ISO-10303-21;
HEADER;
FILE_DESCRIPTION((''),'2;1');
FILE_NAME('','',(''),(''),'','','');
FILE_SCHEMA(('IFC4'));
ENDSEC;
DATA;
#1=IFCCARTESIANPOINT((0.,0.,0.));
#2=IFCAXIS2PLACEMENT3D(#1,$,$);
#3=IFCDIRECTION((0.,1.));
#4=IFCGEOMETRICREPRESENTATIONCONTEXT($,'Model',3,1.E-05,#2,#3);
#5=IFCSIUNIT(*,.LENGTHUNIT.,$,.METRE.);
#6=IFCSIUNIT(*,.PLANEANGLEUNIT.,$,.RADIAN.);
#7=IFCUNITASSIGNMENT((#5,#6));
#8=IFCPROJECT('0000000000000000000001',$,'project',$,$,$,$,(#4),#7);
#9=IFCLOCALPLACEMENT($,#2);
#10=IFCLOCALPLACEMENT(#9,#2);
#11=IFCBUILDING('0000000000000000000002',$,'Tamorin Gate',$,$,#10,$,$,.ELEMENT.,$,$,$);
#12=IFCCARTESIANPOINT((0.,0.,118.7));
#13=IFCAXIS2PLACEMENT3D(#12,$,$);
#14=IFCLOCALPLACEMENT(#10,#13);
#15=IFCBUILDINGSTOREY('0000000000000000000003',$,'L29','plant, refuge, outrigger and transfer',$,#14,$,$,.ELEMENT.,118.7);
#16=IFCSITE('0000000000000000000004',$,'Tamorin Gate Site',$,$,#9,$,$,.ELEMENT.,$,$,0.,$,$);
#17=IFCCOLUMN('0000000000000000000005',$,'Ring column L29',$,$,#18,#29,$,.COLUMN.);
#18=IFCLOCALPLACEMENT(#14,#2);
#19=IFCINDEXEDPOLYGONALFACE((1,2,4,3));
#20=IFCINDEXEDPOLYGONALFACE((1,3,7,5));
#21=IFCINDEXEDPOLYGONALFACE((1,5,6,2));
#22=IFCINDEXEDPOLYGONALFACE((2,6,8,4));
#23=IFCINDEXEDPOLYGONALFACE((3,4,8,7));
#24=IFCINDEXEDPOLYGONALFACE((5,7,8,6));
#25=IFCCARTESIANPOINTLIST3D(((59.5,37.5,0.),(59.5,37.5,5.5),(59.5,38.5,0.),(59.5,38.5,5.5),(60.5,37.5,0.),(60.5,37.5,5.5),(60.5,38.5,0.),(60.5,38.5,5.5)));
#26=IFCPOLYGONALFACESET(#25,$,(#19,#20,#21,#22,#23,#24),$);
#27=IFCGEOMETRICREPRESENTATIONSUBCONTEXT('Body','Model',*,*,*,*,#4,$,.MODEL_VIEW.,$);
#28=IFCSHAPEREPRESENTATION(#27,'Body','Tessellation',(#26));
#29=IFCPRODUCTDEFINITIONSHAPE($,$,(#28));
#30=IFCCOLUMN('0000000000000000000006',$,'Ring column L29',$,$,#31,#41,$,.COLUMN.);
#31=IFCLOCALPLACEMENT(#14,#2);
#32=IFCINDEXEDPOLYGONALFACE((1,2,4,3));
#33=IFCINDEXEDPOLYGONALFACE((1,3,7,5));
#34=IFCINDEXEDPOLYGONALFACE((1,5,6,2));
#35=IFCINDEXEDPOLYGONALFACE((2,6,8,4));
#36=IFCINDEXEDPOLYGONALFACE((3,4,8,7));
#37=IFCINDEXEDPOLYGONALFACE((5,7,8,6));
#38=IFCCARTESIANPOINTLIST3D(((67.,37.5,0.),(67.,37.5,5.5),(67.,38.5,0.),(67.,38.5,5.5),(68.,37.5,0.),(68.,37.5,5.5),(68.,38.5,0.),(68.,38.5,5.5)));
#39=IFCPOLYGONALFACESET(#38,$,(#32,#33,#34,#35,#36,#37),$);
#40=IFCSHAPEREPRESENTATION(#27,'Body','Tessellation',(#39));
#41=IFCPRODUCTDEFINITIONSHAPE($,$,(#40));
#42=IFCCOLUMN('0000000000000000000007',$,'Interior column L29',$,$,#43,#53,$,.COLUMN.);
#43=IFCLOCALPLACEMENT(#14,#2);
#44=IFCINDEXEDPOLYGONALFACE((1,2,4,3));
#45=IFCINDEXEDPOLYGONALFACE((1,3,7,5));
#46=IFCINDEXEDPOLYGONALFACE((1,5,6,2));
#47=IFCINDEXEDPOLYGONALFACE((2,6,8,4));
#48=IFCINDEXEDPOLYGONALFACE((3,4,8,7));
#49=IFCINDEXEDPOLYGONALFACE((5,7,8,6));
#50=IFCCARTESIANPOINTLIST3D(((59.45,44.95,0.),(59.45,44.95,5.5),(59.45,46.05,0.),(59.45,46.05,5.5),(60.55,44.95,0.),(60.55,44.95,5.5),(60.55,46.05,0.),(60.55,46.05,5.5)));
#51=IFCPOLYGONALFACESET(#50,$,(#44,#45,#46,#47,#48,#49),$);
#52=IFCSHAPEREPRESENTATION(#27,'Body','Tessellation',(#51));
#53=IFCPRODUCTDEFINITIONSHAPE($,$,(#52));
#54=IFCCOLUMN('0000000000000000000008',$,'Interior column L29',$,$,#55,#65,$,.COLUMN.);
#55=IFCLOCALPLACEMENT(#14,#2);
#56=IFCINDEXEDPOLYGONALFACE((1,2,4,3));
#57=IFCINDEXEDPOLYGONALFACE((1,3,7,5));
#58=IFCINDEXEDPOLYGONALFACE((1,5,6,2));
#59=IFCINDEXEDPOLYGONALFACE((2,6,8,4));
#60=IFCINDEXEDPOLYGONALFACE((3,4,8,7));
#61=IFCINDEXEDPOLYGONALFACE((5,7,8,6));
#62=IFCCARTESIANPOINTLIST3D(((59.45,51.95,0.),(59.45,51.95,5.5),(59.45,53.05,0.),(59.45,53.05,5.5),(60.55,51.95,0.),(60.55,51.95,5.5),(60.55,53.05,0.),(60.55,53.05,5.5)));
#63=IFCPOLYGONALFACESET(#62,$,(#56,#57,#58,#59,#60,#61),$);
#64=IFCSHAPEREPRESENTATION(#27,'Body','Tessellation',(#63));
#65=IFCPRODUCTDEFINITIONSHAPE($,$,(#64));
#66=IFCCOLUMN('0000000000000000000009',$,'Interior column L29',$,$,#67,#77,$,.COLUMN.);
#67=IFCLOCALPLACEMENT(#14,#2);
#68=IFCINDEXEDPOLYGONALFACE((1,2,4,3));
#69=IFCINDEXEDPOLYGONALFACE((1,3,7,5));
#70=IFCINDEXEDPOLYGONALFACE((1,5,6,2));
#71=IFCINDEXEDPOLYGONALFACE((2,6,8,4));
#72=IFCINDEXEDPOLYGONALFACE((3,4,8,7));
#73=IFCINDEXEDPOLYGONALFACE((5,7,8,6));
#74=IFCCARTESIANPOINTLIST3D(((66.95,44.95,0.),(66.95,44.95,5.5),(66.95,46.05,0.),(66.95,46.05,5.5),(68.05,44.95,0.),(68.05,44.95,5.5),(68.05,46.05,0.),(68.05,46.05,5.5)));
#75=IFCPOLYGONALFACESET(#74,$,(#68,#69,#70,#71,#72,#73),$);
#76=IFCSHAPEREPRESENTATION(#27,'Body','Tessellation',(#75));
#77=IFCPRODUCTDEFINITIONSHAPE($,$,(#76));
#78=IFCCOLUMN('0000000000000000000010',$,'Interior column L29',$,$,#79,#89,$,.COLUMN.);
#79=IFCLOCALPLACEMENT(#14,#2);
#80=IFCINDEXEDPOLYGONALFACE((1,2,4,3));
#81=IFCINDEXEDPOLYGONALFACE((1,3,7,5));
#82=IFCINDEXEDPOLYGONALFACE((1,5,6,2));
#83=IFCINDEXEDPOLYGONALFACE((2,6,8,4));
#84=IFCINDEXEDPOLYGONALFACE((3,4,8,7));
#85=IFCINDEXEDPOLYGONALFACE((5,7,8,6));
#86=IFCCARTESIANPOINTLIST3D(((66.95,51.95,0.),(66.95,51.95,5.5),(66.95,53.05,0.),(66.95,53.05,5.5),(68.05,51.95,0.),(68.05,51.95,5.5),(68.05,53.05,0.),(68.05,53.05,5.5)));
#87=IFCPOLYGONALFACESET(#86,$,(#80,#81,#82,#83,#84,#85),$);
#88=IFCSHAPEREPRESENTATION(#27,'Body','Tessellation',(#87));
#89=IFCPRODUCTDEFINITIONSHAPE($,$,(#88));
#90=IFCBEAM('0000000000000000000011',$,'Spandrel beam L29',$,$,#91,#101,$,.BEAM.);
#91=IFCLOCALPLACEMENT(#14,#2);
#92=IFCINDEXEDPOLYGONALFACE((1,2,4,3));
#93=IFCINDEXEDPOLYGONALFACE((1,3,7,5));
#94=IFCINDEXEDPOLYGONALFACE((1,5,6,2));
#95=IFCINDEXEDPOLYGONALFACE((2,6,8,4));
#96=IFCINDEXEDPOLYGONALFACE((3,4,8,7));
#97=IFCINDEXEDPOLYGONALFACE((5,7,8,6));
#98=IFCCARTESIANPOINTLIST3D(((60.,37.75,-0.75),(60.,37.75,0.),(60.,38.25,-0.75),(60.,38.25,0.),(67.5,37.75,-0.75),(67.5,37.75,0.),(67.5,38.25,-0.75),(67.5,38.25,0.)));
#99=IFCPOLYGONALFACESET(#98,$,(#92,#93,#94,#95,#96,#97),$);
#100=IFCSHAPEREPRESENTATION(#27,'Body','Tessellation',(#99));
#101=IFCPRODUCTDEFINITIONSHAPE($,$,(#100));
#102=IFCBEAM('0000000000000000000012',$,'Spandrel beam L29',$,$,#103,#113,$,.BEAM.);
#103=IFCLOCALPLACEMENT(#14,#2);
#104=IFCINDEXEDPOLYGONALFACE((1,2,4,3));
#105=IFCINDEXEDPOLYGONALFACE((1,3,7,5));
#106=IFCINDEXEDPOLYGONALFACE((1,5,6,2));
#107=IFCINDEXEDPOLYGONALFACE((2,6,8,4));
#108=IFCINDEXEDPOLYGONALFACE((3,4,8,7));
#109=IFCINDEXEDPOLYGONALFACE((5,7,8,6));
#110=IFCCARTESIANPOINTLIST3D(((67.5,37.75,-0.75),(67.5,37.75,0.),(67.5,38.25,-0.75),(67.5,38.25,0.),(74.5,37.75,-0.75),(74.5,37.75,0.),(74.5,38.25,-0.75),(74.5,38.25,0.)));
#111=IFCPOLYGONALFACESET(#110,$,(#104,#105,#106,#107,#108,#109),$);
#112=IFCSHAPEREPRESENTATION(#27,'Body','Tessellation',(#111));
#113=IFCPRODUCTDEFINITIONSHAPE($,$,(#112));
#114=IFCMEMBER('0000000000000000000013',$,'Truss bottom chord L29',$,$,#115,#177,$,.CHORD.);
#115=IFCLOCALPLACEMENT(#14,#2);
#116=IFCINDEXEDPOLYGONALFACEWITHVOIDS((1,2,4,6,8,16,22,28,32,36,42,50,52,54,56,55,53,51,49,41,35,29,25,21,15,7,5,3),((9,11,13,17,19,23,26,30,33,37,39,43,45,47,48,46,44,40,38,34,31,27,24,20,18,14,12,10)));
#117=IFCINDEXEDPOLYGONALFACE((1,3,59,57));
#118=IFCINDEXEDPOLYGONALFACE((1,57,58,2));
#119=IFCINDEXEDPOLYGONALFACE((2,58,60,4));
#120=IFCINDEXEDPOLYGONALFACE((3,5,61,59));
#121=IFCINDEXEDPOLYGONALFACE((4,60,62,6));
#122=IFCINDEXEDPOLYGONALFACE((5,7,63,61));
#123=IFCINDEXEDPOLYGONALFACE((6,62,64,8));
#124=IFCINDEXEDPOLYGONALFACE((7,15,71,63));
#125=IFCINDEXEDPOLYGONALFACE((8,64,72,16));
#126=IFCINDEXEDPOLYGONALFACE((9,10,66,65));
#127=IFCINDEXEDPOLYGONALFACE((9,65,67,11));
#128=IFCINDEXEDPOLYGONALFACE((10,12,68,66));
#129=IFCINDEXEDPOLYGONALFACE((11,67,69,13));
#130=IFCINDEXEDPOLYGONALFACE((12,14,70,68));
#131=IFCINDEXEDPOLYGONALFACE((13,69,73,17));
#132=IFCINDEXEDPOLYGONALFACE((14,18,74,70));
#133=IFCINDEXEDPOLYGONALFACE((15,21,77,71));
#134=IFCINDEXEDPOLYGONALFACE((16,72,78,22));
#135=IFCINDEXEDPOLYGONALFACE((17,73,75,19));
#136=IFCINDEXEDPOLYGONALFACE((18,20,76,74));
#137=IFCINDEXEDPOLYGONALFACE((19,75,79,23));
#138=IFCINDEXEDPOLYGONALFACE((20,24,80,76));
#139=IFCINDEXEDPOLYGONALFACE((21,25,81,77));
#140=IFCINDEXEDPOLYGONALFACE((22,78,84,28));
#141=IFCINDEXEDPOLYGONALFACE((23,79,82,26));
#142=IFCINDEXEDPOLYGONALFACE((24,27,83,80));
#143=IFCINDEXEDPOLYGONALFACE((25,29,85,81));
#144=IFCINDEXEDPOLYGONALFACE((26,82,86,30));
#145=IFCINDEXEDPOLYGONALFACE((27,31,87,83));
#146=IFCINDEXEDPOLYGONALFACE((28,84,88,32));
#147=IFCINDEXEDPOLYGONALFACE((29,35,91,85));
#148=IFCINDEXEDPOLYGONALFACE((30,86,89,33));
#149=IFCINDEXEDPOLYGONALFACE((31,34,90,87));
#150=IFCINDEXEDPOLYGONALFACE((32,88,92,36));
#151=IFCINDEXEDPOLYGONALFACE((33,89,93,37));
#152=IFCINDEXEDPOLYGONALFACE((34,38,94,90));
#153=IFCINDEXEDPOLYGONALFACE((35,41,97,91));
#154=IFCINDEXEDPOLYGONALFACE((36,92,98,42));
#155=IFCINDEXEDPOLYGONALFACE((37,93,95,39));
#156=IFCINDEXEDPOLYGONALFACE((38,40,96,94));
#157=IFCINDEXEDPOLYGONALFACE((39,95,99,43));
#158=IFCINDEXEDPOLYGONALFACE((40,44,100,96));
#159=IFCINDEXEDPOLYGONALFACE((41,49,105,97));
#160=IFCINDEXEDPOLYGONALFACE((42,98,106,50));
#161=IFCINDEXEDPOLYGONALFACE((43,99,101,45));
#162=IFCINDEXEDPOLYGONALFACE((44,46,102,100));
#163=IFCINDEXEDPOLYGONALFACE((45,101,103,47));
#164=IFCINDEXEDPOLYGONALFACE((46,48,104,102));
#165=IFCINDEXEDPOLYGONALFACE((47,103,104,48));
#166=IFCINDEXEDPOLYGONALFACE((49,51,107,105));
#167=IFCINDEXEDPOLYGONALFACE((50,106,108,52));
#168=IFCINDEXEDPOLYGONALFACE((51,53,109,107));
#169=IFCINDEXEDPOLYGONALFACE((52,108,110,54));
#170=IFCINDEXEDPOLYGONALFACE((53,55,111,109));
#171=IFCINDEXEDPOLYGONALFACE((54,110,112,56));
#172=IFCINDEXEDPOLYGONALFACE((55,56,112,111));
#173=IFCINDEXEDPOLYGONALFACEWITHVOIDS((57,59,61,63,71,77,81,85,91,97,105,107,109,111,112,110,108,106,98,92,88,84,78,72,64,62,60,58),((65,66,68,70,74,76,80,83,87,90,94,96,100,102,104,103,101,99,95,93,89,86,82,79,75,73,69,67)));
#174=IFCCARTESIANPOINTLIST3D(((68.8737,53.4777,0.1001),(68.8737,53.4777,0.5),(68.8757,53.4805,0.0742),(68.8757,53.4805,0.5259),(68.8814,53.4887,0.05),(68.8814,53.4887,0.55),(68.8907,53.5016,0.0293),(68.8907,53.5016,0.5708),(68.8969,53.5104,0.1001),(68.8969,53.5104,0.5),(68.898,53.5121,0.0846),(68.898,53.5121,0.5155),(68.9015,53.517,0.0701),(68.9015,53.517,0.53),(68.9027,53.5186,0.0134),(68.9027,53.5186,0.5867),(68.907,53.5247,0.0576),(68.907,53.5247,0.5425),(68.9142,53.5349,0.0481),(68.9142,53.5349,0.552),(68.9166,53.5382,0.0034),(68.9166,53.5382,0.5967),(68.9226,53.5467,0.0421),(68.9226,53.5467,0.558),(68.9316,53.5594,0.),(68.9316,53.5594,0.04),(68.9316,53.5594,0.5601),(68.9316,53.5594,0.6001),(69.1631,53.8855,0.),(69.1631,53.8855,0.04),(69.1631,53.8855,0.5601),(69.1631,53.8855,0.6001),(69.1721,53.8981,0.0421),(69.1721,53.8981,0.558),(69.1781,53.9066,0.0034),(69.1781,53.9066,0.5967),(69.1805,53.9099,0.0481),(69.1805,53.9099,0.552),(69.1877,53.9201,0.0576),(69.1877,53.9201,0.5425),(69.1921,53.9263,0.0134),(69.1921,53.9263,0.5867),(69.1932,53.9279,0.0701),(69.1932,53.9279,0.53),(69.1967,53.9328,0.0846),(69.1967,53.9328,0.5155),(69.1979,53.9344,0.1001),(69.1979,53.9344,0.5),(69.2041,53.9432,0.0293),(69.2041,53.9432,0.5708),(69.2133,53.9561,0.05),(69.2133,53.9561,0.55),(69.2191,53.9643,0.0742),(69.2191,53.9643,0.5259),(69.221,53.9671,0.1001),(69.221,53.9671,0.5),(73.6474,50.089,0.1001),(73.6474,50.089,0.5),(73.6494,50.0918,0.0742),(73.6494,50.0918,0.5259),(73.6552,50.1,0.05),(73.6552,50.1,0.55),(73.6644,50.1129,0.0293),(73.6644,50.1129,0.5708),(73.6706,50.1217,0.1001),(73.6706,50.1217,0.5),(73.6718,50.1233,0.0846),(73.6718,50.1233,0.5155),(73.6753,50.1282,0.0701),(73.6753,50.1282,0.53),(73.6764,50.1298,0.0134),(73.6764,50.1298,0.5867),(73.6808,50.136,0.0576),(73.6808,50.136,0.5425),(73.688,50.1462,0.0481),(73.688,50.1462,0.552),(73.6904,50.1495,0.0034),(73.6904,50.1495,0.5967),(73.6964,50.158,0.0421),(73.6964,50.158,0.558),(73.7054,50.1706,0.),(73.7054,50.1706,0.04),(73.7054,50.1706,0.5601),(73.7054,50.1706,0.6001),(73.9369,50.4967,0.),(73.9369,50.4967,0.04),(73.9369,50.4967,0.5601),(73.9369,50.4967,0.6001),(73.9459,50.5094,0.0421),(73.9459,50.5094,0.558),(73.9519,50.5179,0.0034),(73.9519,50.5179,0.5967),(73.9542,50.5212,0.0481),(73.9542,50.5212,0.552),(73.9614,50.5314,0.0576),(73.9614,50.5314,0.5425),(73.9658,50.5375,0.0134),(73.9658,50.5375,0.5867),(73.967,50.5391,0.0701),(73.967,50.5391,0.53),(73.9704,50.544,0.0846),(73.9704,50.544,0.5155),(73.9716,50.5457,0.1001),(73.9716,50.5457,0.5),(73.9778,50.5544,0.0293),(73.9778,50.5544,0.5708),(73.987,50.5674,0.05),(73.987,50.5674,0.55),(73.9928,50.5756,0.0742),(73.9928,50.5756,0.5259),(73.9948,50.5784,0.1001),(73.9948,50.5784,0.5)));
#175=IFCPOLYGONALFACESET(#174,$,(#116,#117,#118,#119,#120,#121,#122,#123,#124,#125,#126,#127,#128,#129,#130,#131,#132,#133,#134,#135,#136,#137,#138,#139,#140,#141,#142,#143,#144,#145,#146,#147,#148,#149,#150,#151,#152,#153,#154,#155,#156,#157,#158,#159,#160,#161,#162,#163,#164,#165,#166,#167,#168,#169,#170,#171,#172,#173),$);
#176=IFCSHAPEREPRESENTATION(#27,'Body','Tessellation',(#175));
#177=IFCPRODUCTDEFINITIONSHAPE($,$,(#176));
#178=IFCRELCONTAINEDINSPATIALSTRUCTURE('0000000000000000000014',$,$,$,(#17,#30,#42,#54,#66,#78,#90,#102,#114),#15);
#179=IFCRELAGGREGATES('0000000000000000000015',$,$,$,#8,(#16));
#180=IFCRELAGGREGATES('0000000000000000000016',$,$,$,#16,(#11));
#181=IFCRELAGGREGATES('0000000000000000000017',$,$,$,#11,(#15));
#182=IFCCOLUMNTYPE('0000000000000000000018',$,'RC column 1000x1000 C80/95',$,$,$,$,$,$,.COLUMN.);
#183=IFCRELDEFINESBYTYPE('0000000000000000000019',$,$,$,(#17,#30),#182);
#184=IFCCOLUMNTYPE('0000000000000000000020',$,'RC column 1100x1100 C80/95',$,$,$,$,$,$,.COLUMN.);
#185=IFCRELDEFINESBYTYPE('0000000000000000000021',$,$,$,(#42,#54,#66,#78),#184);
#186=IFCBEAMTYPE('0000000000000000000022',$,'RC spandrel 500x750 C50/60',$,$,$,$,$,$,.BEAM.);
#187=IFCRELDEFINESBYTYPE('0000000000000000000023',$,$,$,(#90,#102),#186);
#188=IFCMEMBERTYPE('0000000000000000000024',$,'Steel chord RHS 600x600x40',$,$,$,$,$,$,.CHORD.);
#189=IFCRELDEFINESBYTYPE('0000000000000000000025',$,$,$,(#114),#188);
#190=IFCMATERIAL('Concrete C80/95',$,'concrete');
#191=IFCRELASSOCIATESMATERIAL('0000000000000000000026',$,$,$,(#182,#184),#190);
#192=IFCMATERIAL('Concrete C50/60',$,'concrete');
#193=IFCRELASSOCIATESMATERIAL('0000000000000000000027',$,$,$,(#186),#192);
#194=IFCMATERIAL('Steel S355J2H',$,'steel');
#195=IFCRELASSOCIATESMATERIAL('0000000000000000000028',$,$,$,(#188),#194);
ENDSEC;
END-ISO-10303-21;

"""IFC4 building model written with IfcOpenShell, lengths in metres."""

from ifc_helpers import new_model, si_unit, direction, frame, origin, origin_2d, place, context, subcontext, project, spatial, rectangle, hollow_rectangle, extrude, material, material_profile, profile_set, type_object, element, save


model = new_model("IFC4")

# Units and contexts
model_context = context("Model", 3, precision=1e-05, world=origin(), true_north=direction((0.0, 1.0)))
body_context = subcontext(model_context, "Body", "Model", "MODEL_VIEW")
ifc_project = project(units=[si_unit("LENGTHUNIT", "METRE"), si_unit("PLANEANGLEUNIT", "RADIAN")], contexts=[model_context])

# Site, building, storey
site_placement = place(None, origin())
site = spatial("IfcSite", under=ifc_project, at=site_placement, Name="Tamorin Gate Site", CompositionType="ELEMENT", RefElevation=0.0)
building_placement = place(site_placement, origin())
building = spatial("IfcBuilding", under=site, at=building_placement, Name="Tamorin Gate", CompositionType="ELEMENT")
storey_placement = place(building_placement, frame((0.0, 0.0, 118.7)))
storey = spatial("IfcBuildingStorey", under=building, at=storey_placement, Name="L29", Description="plant, refuge, outrigger and transfer", CompositionType="ELEMENT", Elevation=118.7)

# Columns
ifc_material_1 = material(Name="Concrete C80/95", Category="concrete")
ifc_material_profile_1 = material_profile(ifc_material_1, rectangle(XDim=1.0, YDim=1.0, at=origin_2d()), Name="RC 1000x1000")
ifc_profile_set_1 = profile_set([ifc_material_profile_1], Name="Concrete C80/95")
column_type_1 = type_object("IfcColumnType", Name="RC column 1000x1000 C80/95", PredefinedType="COLUMN", material=ifc_profile_set_1)
for number, where, z_axis, x_axis, name in (
    (1, (60.0, 38.0, 0.0), (0.0, 0.0, 1.0), (1.0, 0.0, 0.0), "Ring column L29"),
    (2, (67.5, 38.0, 0.0), (0.0, 0.0, 1.0), (1.0, 0.0, 0.0), "Ring column L29"),
):
    element("IfcColumn", number, at=place(storey_placement, frame(where, z_axis=z_axis, x_axis=x_axis)), inside=storey, type_object=column_type_1, Name=name, PredefinedType="COLUMN", context=body_context, shape_type="SweptSolid", body=[
        extrude(rectangle(XDim=1.0, YDim=1.0, at=origin_2d()), origin(), (0.0, 0.0, 1.0), 5.5),
    ])
ifc_material_profile_2 = material_profile(ifc_material_1, rectangle(XDim=1.1001, YDim=1.1001, at=origin_2d()), Name="RC 1100x1100")
ifc_profile_set_2 = profile_set([ifc_material_profile_2], Name="Concrete C80/95")
column_type_2 = type_object("IfcColumnType", Name="RC column 1100x1100 C80/95", PredefinedType="COLUMN", material=ifc_profile_set_2)
for number, where, z_axis, x_axis, name in (
    (3, (60.0, 45.5, 0.0), (0.0, 0.0, 1.0), (1.0, 0.0, 0.0), "Interior column L29"),
    (4, (60.0, 52.5, 0.0), (0.0, 0.0, 1.0), (1.0, 0.0, 0.0), "Interior column L29"),
    (5, (67.5, 45.5, 0.0), (0.0, 0.0, 1.0), (1.0, 0.0, 0.0), "Interior column L29"),
    (6, (67.5, 52.5, 0.0), (0.0, 0.0, 1.0), (1.0, 0.0, 0.0), "Interior column L29"),
):
    element("IfcColumn", number, at=place(storey_placement, frame(where, z_axis=z_axis, x_axis=x_axis)), inside=storey, type_object=column_type_2, Name=name, PredefinedType="COLUMN", context=body_context, shape_type="SweptSolid", body=[
        extrude(rectangle(XDim=1.1001, YDim=1.1001, at=origin_2d()), origin(), (0.0, 0.0, 1.0), 5.5),
    ])

# Beams
ifc_material_2 = material(Name="Concrete C50/60", Category="concrete")
ifc_material_profile_3 = material_profile(ifc_material_2, rectangle(XDim=0.5, YDim=0.75, at=origin_2d()), Name="RC 500x750")
ifc_profile_set_3 = profile_set([ifc_material_profile_3], Name="Concrete C50/60")
beam_type = type_object("IfcBeamType", Name="RC spandrel 500x750 C50/60", PredefinedType="BEAM", material=ifc_profile_set_3)
beam_1_placement = place(storey_placement, frame((60.0, 38.0, -0.375), z_axis=(1.0, 0.0, 0.0), x_axis=(0.0, 1.0, 0.0)))
element("IfcBeam", 7, at=beam_1_placement, inside=storey, type_object=beam_type, Name="Spandrel beam L29", PredefinedType="BEAM", context=body_context, shape_type="SweptSolid", body=[
    extrude(rectangle(XDim=0.5, YDim=0.75, at=origin_2d()), origin(), (0.0, 0.0, 1.0), 7.5),
])
beam_2_placement = place(storey_placement, frame((67.5, 38.0, -0.375), z_axis=(1.0, 0.0, 0.0), x_axis=(0.0, 1.0, 0.0)))
element("IfcBeam", 8, at=beam_2_placement, inside=storey, type_object=beam_type, Name="Spandrel beam L29", PredefinedType="BEAM", context=body_context, shape_type="SweptSolid", body=[
    extrude(rectangle(XDim=0.5, YDim=0.75, at=origin_2d()), origin(), (0.0, 0.0, 1.0), 7.0),
])

# Member
ifc_material_3 = material(Name="Steel S355J2H", Category="steel")
ifc_material_profile_4 = material_profile(ifc_material_3, hollow_rectangle(XDim=0.6001, YDim=0.6001, WallThickness=0.04, InnerFilletRadius=0.0601, OuterFilletRadius=0.1001, at=origin_2d()), Name="RHS 600x600x40")
ifc_profile_set_4 = profile_set([ifc_material_profile_4], Name="Steel S355J2H")
member_type = type_object("IfcMemberType", Name="Steel chord RHS 600x600x40", PredefinedType="CHORD", material=ifc_profile_set_4)
for number, where, z_axis, x_axis, name in (
    (9, (69.0474, 53.7224, 0.3), (0.815435, -0.578849, 0.0), (0.578849, 0.815435, 0.0), "Truss bottom chord L29"),
):
    element("IfcMember", number, at=place(storey_placement, frame(where, z_axis=z_axis, x_axis=x_axis)), inside=storey, type_object=member_type, Name=name, PredefinedType="CHORD", context=body_context, shape_type="SweptSolid", body=[
        extrude(hollow_rectangle(XDim=0.6001, YDim=0.6001, WallThickness=0.04, InnerFilletRadius=0.0601, OuterFilletRadius=0.1001, at=origin_2d()), origin(), (0.0, 0.0, 1.0), 5.8542),
    ])

save(model, "model.ifc")
